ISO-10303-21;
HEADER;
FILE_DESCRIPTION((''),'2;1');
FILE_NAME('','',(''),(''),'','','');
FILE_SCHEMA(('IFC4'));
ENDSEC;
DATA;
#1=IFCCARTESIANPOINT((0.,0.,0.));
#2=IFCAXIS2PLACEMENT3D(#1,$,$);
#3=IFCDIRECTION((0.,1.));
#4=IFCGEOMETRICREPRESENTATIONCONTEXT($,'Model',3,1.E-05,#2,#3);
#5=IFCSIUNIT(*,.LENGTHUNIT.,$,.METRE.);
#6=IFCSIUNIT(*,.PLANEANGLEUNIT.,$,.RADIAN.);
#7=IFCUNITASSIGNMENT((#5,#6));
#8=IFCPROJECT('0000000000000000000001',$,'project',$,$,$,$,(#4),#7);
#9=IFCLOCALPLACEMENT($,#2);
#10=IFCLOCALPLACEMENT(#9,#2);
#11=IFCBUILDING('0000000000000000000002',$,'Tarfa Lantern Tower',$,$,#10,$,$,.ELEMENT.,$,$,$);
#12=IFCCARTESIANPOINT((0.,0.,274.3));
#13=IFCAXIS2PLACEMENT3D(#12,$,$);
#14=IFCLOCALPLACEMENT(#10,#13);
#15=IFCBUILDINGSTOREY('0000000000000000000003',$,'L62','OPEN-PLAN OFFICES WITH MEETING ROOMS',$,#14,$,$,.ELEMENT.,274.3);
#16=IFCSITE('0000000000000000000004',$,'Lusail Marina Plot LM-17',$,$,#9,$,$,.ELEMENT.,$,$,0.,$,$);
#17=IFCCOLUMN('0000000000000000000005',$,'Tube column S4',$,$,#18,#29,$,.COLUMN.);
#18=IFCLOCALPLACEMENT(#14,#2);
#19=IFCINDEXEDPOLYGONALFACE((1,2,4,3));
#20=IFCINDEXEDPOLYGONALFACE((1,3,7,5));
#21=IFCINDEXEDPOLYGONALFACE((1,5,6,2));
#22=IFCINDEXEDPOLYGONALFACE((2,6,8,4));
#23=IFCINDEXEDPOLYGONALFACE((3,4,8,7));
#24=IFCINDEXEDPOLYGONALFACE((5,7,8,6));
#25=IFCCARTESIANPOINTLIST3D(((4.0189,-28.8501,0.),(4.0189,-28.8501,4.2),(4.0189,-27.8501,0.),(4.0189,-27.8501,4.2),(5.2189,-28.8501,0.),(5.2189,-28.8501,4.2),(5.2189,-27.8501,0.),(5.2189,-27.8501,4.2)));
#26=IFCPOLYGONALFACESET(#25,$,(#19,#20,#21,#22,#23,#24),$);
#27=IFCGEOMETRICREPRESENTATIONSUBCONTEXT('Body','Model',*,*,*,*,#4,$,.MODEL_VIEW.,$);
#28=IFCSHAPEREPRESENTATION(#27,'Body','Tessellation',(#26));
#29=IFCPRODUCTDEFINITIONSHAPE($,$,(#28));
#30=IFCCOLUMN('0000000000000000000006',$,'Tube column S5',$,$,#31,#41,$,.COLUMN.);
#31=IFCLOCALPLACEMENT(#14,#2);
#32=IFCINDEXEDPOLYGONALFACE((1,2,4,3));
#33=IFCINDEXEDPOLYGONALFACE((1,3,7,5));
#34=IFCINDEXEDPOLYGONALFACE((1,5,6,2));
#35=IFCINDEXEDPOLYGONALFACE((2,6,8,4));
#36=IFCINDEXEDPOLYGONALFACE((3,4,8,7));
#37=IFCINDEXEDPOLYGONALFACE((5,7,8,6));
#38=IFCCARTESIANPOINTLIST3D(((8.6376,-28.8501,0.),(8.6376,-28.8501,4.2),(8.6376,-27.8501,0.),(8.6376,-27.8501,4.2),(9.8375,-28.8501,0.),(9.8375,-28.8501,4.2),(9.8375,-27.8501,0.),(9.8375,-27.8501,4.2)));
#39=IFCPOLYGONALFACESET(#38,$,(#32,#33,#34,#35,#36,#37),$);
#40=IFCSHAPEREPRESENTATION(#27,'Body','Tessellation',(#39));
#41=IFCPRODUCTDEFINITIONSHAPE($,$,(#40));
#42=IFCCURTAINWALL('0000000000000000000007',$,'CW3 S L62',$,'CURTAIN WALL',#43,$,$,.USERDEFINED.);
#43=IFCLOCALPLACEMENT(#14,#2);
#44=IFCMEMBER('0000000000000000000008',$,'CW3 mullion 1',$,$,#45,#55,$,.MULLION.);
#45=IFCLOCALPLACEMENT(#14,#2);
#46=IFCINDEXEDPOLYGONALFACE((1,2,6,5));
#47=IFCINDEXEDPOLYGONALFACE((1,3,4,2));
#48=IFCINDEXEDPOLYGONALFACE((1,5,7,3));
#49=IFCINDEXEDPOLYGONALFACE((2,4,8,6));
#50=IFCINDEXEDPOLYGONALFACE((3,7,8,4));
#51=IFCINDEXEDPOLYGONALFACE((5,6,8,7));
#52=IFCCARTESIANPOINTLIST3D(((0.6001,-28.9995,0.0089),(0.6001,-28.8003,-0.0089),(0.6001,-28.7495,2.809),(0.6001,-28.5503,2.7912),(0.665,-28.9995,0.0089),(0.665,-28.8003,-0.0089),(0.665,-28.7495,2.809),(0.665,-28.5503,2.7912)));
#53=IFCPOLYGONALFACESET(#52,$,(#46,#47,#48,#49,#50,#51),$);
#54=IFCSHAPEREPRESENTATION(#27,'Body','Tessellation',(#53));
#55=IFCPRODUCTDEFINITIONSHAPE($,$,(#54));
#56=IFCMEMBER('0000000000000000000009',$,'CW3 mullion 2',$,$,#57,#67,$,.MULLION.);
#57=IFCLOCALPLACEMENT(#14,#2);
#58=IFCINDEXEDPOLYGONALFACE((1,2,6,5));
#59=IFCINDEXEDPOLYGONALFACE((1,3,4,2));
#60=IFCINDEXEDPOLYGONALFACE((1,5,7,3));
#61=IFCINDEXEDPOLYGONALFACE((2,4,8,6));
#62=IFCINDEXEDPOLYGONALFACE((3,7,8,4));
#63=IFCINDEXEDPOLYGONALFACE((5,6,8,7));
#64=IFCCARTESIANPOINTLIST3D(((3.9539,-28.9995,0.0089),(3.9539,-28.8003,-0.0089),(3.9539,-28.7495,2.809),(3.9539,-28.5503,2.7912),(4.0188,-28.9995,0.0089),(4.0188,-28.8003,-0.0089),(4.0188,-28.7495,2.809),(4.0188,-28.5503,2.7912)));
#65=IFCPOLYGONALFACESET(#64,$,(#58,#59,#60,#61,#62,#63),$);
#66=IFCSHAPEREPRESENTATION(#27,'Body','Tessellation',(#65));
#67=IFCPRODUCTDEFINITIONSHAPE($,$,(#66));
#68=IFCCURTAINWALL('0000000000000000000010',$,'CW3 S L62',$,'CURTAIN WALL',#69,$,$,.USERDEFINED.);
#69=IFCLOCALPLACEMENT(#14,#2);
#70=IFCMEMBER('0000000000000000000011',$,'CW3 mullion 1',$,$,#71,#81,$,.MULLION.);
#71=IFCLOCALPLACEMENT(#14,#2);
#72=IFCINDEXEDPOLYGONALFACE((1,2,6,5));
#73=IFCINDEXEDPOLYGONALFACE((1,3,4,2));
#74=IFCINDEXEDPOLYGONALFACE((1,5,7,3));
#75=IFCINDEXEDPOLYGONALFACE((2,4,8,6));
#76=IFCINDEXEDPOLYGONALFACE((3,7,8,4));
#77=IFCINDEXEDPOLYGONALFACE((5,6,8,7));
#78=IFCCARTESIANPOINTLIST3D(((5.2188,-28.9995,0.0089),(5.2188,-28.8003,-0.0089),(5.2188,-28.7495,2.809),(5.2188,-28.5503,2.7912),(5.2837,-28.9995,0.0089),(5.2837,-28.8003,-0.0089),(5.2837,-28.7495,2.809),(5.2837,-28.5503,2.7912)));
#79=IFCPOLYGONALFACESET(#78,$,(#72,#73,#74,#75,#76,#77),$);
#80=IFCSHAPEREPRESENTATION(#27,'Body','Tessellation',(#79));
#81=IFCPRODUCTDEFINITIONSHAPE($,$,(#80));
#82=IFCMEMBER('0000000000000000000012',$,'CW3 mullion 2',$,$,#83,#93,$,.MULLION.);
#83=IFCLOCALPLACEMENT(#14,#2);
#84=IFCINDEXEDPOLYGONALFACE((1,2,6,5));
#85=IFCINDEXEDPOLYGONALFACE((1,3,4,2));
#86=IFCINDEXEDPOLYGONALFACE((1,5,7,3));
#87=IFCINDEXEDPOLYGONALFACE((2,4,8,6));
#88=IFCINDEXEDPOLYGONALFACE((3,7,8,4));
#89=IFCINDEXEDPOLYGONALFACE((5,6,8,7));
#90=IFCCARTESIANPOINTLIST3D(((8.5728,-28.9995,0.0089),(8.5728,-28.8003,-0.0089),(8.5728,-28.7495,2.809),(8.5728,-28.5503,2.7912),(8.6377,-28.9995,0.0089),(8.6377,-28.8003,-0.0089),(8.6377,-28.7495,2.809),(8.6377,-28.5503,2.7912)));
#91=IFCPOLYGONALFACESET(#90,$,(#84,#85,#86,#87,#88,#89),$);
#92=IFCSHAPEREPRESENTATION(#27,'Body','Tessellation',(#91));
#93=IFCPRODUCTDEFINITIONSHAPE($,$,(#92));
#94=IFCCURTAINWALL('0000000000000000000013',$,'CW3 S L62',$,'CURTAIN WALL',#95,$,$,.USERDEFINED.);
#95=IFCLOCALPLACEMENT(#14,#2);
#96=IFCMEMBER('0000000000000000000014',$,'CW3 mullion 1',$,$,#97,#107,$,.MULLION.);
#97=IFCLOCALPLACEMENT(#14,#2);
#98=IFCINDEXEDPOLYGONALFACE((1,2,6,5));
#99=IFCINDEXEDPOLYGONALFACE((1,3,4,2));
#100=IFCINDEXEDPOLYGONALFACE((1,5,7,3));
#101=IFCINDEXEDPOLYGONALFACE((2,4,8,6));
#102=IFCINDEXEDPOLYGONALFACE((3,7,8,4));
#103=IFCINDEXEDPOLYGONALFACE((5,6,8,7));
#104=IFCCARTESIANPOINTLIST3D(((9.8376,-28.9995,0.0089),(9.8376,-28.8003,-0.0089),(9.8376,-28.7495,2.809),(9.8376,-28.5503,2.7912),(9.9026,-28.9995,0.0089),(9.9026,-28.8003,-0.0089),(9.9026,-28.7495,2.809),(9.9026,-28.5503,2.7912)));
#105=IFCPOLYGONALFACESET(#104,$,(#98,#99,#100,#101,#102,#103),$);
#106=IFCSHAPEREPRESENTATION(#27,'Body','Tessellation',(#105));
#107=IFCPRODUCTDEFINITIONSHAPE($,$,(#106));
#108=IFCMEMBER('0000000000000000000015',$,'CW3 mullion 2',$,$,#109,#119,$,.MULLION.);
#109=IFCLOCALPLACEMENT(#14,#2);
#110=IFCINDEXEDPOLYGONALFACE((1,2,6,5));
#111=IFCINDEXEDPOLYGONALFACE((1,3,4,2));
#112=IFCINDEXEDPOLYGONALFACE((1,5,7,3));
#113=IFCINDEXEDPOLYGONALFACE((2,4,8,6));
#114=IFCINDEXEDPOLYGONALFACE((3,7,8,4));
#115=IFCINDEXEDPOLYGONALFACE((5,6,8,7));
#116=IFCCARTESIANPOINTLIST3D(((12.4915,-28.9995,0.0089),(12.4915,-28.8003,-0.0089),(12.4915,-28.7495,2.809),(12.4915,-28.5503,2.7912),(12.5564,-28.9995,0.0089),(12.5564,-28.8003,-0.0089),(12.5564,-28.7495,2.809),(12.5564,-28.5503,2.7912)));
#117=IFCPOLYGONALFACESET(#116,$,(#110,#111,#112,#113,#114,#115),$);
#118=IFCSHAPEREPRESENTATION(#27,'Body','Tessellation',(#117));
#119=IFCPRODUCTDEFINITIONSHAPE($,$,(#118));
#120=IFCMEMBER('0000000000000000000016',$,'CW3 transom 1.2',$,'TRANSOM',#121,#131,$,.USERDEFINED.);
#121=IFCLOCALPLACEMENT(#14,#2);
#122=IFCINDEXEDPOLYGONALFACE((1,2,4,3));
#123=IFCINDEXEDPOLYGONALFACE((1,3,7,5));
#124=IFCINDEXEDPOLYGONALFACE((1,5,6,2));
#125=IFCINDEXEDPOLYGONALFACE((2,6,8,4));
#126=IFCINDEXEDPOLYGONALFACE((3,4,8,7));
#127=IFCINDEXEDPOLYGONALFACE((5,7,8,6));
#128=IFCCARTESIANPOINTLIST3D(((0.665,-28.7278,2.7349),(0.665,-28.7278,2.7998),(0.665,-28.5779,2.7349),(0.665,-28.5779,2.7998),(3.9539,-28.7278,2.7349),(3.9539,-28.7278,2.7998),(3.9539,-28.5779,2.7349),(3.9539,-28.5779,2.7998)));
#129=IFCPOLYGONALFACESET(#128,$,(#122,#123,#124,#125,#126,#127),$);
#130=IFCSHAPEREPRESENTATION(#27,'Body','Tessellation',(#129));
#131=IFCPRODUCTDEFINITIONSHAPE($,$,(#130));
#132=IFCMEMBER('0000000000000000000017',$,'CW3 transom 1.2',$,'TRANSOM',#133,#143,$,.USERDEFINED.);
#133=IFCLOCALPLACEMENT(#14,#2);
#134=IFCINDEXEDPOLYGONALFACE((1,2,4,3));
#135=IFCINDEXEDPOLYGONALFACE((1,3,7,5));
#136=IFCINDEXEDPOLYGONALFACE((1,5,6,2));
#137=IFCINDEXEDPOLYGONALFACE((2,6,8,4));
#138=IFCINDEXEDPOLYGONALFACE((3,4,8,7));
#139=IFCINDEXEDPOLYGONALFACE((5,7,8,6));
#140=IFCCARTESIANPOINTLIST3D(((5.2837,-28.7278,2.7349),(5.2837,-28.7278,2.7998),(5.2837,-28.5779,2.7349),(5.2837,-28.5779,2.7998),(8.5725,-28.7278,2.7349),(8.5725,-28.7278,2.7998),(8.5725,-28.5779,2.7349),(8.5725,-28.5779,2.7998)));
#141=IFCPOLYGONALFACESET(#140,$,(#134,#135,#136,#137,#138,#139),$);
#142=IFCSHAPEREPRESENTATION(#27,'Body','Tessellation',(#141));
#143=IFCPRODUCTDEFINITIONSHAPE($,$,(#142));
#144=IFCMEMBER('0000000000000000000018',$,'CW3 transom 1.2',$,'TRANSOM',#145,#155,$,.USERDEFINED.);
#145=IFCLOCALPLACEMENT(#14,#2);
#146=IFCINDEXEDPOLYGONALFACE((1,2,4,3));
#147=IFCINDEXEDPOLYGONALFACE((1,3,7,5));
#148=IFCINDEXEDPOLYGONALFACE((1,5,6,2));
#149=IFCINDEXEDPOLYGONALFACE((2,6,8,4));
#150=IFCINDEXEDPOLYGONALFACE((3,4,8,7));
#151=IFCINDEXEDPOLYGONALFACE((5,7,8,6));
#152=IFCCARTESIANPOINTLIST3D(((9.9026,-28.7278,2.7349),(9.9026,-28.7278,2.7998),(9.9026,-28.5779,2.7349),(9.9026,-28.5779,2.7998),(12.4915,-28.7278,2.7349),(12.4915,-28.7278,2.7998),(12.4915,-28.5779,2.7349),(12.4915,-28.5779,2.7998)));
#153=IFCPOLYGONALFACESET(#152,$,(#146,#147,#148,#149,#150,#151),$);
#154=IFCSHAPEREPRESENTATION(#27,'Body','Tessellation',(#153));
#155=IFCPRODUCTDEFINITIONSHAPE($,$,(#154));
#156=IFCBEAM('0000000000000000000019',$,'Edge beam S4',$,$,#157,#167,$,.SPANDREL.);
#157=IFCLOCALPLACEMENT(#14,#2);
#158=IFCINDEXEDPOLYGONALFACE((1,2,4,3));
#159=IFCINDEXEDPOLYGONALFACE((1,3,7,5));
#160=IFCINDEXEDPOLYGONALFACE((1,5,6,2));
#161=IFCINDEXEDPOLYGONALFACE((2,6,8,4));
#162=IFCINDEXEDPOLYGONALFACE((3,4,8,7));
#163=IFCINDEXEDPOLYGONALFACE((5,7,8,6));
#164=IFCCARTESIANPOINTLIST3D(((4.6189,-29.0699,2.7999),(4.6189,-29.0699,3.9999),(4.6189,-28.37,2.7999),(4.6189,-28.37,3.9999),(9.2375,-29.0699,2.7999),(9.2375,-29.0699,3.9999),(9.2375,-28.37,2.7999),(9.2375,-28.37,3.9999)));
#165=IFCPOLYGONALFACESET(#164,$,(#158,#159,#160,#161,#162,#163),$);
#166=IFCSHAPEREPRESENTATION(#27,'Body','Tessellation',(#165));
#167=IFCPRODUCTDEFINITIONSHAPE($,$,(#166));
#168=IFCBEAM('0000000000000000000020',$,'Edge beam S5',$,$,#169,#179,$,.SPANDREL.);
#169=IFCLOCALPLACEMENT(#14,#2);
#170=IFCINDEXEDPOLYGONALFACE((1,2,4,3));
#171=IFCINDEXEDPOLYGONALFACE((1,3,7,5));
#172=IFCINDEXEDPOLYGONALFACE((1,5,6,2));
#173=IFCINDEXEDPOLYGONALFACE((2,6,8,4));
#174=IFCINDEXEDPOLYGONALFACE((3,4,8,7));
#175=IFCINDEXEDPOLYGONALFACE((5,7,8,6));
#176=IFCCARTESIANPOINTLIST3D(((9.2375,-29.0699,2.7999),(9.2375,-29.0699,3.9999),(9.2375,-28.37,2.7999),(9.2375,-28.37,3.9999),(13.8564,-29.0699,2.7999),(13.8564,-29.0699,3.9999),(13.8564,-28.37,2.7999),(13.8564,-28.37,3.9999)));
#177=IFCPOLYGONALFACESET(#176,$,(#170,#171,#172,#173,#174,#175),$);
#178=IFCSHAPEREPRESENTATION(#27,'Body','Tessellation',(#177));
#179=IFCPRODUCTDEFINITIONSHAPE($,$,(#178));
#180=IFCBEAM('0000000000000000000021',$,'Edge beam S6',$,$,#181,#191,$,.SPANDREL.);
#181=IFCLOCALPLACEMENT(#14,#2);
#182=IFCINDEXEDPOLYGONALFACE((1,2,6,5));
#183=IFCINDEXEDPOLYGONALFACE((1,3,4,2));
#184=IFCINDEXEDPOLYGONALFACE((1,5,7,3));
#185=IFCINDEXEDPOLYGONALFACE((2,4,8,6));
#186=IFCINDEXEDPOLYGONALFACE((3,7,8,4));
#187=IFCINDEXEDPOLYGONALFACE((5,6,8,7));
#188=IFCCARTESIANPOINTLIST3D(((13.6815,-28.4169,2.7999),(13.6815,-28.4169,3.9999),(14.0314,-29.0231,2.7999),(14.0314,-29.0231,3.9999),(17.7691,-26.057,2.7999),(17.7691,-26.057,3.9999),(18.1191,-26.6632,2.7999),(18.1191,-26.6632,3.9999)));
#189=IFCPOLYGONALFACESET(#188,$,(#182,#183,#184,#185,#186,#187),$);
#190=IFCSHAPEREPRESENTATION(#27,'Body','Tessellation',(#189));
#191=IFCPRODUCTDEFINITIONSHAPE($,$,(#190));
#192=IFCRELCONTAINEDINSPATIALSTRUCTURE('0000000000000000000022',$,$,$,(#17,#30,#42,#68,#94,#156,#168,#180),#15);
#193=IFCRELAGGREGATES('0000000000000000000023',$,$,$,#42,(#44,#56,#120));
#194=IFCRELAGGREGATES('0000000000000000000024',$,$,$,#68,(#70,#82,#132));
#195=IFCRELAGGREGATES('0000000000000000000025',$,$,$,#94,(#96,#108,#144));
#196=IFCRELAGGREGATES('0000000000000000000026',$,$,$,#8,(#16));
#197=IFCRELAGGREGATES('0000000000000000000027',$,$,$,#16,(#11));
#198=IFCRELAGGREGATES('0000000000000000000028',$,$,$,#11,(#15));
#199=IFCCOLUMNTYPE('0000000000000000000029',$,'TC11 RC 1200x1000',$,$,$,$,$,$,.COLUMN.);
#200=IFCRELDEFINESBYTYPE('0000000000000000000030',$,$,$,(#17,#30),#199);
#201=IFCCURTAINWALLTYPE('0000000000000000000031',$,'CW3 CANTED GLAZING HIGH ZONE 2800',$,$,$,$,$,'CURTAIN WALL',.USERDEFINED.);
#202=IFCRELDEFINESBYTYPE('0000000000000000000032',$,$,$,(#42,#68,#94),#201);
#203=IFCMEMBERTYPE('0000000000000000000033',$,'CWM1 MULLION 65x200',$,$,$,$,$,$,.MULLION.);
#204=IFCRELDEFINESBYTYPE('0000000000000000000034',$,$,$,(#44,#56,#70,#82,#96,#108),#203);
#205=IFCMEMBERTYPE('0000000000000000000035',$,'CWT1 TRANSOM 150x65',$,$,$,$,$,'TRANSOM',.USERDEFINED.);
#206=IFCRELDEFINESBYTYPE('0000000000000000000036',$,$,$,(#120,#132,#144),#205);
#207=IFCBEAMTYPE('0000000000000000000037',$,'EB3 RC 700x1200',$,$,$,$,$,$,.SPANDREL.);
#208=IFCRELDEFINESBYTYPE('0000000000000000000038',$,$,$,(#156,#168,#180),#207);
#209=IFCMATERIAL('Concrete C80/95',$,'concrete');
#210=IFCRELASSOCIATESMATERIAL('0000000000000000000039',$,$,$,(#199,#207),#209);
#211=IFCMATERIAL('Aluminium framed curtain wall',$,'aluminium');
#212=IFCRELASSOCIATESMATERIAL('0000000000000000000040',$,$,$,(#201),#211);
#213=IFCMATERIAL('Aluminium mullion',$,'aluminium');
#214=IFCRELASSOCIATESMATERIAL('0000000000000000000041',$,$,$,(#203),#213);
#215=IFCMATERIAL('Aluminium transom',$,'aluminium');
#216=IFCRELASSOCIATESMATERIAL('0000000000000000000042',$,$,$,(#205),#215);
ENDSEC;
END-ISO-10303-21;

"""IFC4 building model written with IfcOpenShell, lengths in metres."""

from ifc_helpers import new_model, si_unit, direction, frame, origin, origin_2d, place, context, subcontext, project, spatial, rectangle, extrude, material, material_profile, profile_set, type_object, element, aggregate, save


model = new_model("IFC4")

# Units and contexts
model_context = context("Model", 3, precision=1e-05, world=origin(), true_north=direction((0.0, 1.0)))
body_context = subcontext(model_context, "Body", "Model", "MODEL_VIEW")
ifc_project = project(units=[si_unit("LENGTHUNIT", "METRE"), si_unit("PLANEANGLEUNIT", "RADIAN")], contexts=[model_context])

# Site, building, storey
site_placement = place(None, origin())
site = spatial("IfcSite", under=ifc_project, at=site_placement, Name="Lusail Marina Plot LM-17", CompositionType="ELEMENT", RefElevation=0.0)
building_placement = place(site_placement, origin())
building = spatial("IfcBuilding", under=site, at=building_placement, Name="Tarfa Lantern Tower", CompositionType="ELEMENT")
storey_placement = place(building_placement, frame((0.0, 0.0, 274.3)))
storey = spatial("IfcBuildingStorey", under=building, at=storey_placement, Name="L62", Description="OPEN-PLAN OFFICES WITH MEETING ROOMS", CompositionType="ELEMENT", Elevation=274.3)

# Columns
ifc_material_1 = material(Name="Concrete C80/95", Category="concrete")
ifc_material_profile_1 = material_profile(ifc_material_1, rectangle(XDim=1.2, YDim=1.0, at=origin_2d()), Name="RC 1200x1000")
ifc_profile_set_1 = profile_set([ifc_material_profile_1], Name="Concrete C80/95")
column_type = type_object("IfcColumnType", Name="TC11 RC 1200x1000", PredefinedType="COLUMN", material=ifc_profile_set_1)
for number, where, z_axis, x_axis, name in (
    (1, (4.6189, -28.3501, 0.0), (0.0, 0.0, 1.0), (1.0, 0.0, 0.0), "Tube column S4"),
    (2, (9.2375, -28.3501, 0.0), (0.0, 0.0, 1.0), (1.0, 0.0, 0.0), "Tube column S5"),
):
    element("IfcColumn", number, at=place(storey_placement, frame(where, z_axis=z_axis, x_axis=x_axis)), inside=storey, type_object=column_type, Name=name, PredefinedType="COLUMN", context=body_context, shape_type="SweptSolid", body=[
        extrude(rectangle(XDim=1.2, YDim=1.0, at=origin_2d()), origin(), (0.0, 0.0, 1.0), 4.2),
    ])

# Curtain walls, members
ifc_material_2 = material(Name="Aluminium framed curtain wall", Category="aluminium")
curtain_wall_type = type_object("IfcCurtainWallType", Name="CW3 CANTED GLAZING HIGH ZONE 2800", ElementType="CURTAIN WALL", PredefinedType="USERDEFINED", material=ifc_material_2)
curtain_wall_1_placement = place(storey_placement, origin())
curtain_wall_1 = element("IfcCurtainWall", 3, at=curtain_wall_1_placement, inside=storey, type_object=curtain_wall_type, Name="CW3 S L62", ObjectType="CURTAIN WALL", PredefinedType="USERDEFINED")
ifc_material_3 = material(Name="Aluminium mullion", Category="aluminium")
ifc_material_profile_2 = material_profile(ifc_material_3, rectangle(XDim=0.0649, YDim=0.2, at=origin_2d()), Name="AL MULLION 65x200")
ifc_profile_set_2 = profile_set([ifc_material_profile_2], Name="Aluminium mullion")
member_type_1 = type_object("IfcMemberType", Name="CWM1 MULLION 65x200", PredefinedType="MULLION", material=ifc_profile_set_2)
member_1_placement = place(storey_placement, frame((0.6326, -28.8999, 0.0), z_axis=(0.0, 0.08893, 0.996038), x_axis=(-1.0, 0.0, 0.0)))
member_1 = element("IfcMember", 4, at=member_1_placement, type_object=member_type_1, Name="CW3 mullion 1", PredefinedType="MULLION", context=body_context, shape_type="SweptSolid", body=[
    extrude(rectangle(XDim=0.0649, YDim=0.2, at=origin_2d()), origin(), (0.0, 0.0, 1.0), 2.8113),
])
member_2_placement = place(storey_placement, frame((3.9863, -28.8999, 0.0), z_axis=(0.0, 0.08893, 0.996038), x_axis=(-1.0, 0.0, 0.0)))
member_2 = element("IfcMember", 5, at=member_2_placement, type_object=member_type_1, Name="CW3 mullion 2", PredefinedType="MULLION", context=body_context, shape_type="SweptSolid", body=[
    extrude(rectangle(XDim=0.0649, YDim=0.2, at=origin_2d()), origin(), (0.0, 0.0, 1.0), 2.8113),
])
curtain_wall_2_placement = place(storey_placement, origin())
curtain_wall_2 = element("IfcCurtainWall", 6, at=curtain_wall_2_placement, inside=storey, type_object=curtain_wall_type, Name="CW3 S L62", ObjectType="CURTAIN WALL", PredefinedType="USERDEFINED")
member_3_placement = place(storey_placement, frame((5.2512, -28.8999, 0.0), z_axis=(0.0, 0.08893, 0.996038), x_axis=(-1.0, 0.0, 0.0)))
member_3 = element("IfcMember", 7, at=member_3_placement, type_object=member_type_1, Name="CW3 mullion 1", PredefinedType="MULLION", context=body_context, shape_type="SweptSolid", body=[
    extrude(rectangle(XDim=0.0649, YDim=0.2, at=origin_2d()), origin(), (0.0, 0.0, 1.0), 2.8113),
])
member_4_placement = place(storey_placement, frame((8.6052, -28.8999, 0.0), z_axis=(0.0, 0.08893, 0.996038), x_axis=(-1.0, 0.0, 0.0)))
member_4 = element("IfcMember", 8, at=member_4_placement, type_object=member_type_1, Name="CW3 mullion 2", PredefinedType="MULLION", context=body_context, shape_type="SweptSolid", body=[
    extrude(rectangle(XDim=0.0649, YDim=0.2, at=origin_2d()), origin(), (0.0, 0.0, 1.0), 2.8113),
])
curtain_wall_3_placement = place(storey_placement, origin())
curtain_wall_3 = element("IfcCurtainWall", 9, at=curtain_wall_3_placement, inside=storey, type_object=curtain_wall_type, Name="CW3 S L62", ObjectType="CURTAIN WALL", PredefinedType="USERDEFINED")
member_5_placement = place(storey_placement, frame((9.8701, -28.8999, 0.0), z_axis=(0.0, 0.08893, 0.996038), x_axis=(-1.0, 0.0, 0.0)))
member_5 = element("IfcMember", 10, at=member_5_placement, type_object=member_type_1, Name="CW3 mullion 1", PredefinedType="MULLION", context=body_context, shape_type="SweptSolid", body=[
    extrude(rectangle(XDim=0.0649, YDim=0.2, at=origin_2d()), origin(), (0.0, 0.0, 1.0), 2.8113),
])
member_6_placement = place(storey_placement, frame((12.5239, -28.8999, 0.0), z_axis=(0.0, 0.08893, 0.996038), x_axis=(-1.0, 0.0, 0.0)))
member_6 = element("IfcMember", 11, at=member_6_placement, type_object=member_type_1, Name="CW3 mullion 2", PredefinedType="MULLION", context=body_context, shape_type="SweptSolid", body=[
    extrude(rectangle(XDim=0.0649, YDim=0.2, at=origin_2d()), origin(), (0.0, 0.0, 1.0), 2.8113),
])

# Members
ifc_material_4 = material(Name="Aluminium transom", Category="aluminium")
ifc_material_profile_3 = material_profile(ifc_material_4, rectangle(XDim=0.1499, YDim=0.0649, at=origin_2d()), Name="AL TRANSOM 150x65")
ifc_profile_set_3 = profile_set([ifc_material_profile_3], Name="Aluminium transom")
member_type_2 = type_object("IfcMemberType", Name="CWT1 TRANSOM 150x65", ElementType="TRANSOM", PredefinedType="USERDEFINED", material=ifc_profile_set_3)
member_7_placement = place(storey_placement, frame((0.665, -28.6528, 2.7673), z_axis=(1.0, 0.0, 0.0), x_axis=(0.0, 1.0, 0.0)))
member_7 = element("IfcMember", 12, at=member_7_placement, type_object=member_type_2, Name="CW3 transom 1.2", ObjectType="TRANSOM", PredefinedType="USERDEFINED", context=body_context, shape_type="SweptSolid", body=[
    extrude(rectangle(XDim=0.1499, YDim=0.0649, at=origin_2d()), origin(), (0.0, 0.0, 1.0), 3.2888),
])
member_8_placement = place(storey_placement, frame((5.2837, -28.6528, 2.7673), z_axis=(1.0, 0.0, 0.0), x_axis=(0.0, 1.0, 0.0)))
member_8 = element("IfcMember", 13, at=member_8_placement, type_object=member_type_2, Name="CW3 transom 1.2", ObjectType="TRANSOM", PredefinedType="USERDEFINED", context=body_context, shape_type="SweptSolid", body=[
    extrude(rectangle(XDim=0.1499, YDim=0.0649, at=origin_2d()), origin(), (0.0, 0.0, 1.0), 3.2888),
])
member_9_placement = place(storey_placement, frame((9.9026, -28.6528, 2.7673), z_axis=(1.0, 0.0, 0.0), x_axis=(0.0, 1.0, 0.0)))
member_9 = element("IfcMember", 14, at=member_9_placement, type_object=member_type_2, Name="CW3 transom 1.2", ObjectType="TRANSOM", PredefinedType="USERDEFINED", context=body_context, shape_type="SweptSolid", body=[
    extrude(rectangle(XDim=0.1499, YDim=0.0649, at=origin_2d()), origin(), (0.0, 0.0, 1.0), 2.5889),
])

# Beams
ifc_material_profile_4 = material_profile(ifc_material_1, rectangle(XDim=0.7, YDim=1.2, at=origin_2d()), Name="RC 700x1200")
ifc_profile_set_4 = profile_set([ifc_material_profile_4], Name="Concrete C80/95")
beam_type_1 = type_object("IfcBeamType", Name="EB3 RC 700x1200", PredefinedType="SPANDREL", material=ifc_profile_set_4)
beam_1_placement = place(storey_placement, frame((4.6189, -28.72, 3.3999), z_axis=(1.0, 0.0, 0.0), x_axis=(0.0, 1.0, 0.0)))
element("IfcBeam", 15, at=beam_1_placement, inside=storey, type_object=beam_type_1, Name="Edge beam S4", PredefinedType="SPANDREL", context=body_context, shape_type="SweptSolid", body=[
    extrude(rectangle(XDim=0.7, YDim=1.2, at=origin_2d()), origin(), (0.0, 0.0, 1.0), 4.6187),
])
beam_2_placement = place(storey_placement, frame((9.2375, -28.72, 3.3999), z_axis=(1.0, 0.0, 0.0), x_axis=(0.0, 1.0, 0.0)))
element("IfcBeam", 16, at=beam_2_placement, inside=storey, type_object=beam_type_1, Name="Edge beam S5", PredefinedType="SPANDREL", context=body_context, shape_type="SweptSolid", body=[
    extrude(rectangle(XDim=0.7, YDim=1.2, at=origin_2d()), origin(), (0.0, 0.0, 1.0), 4.6189),
])
beam_3_placement = place(storey_placement, frame((13.8564, -28.72, 3.3999), z_axis=(0.866038, 0.499978, 0.0), x_axis=(-0.499978, 0.866038, 0.0)))
element("IfcBeam", 17, at=beam_3_placement, inside=storey, type_object=beam_type_1, Name="Edge beam S6", PredefinedType="SPANDREL", context=body_context, shape_type="SweptSolid", body=[
    extrude(rectangle(XDim=0.7, YDim=1.2, at=origin_2d()), origin(), (0.0, 0.0, 1.0), 4.72),
])

aggregate(curtain_wall_1, [member_1, member_2, member_7])
aggregate(curtain_wall_2, [member_3, member_4, member_8])
aggregate(curtain_wall_3, [member_5, member_6, member_9])

save(model, "model.ifc")
